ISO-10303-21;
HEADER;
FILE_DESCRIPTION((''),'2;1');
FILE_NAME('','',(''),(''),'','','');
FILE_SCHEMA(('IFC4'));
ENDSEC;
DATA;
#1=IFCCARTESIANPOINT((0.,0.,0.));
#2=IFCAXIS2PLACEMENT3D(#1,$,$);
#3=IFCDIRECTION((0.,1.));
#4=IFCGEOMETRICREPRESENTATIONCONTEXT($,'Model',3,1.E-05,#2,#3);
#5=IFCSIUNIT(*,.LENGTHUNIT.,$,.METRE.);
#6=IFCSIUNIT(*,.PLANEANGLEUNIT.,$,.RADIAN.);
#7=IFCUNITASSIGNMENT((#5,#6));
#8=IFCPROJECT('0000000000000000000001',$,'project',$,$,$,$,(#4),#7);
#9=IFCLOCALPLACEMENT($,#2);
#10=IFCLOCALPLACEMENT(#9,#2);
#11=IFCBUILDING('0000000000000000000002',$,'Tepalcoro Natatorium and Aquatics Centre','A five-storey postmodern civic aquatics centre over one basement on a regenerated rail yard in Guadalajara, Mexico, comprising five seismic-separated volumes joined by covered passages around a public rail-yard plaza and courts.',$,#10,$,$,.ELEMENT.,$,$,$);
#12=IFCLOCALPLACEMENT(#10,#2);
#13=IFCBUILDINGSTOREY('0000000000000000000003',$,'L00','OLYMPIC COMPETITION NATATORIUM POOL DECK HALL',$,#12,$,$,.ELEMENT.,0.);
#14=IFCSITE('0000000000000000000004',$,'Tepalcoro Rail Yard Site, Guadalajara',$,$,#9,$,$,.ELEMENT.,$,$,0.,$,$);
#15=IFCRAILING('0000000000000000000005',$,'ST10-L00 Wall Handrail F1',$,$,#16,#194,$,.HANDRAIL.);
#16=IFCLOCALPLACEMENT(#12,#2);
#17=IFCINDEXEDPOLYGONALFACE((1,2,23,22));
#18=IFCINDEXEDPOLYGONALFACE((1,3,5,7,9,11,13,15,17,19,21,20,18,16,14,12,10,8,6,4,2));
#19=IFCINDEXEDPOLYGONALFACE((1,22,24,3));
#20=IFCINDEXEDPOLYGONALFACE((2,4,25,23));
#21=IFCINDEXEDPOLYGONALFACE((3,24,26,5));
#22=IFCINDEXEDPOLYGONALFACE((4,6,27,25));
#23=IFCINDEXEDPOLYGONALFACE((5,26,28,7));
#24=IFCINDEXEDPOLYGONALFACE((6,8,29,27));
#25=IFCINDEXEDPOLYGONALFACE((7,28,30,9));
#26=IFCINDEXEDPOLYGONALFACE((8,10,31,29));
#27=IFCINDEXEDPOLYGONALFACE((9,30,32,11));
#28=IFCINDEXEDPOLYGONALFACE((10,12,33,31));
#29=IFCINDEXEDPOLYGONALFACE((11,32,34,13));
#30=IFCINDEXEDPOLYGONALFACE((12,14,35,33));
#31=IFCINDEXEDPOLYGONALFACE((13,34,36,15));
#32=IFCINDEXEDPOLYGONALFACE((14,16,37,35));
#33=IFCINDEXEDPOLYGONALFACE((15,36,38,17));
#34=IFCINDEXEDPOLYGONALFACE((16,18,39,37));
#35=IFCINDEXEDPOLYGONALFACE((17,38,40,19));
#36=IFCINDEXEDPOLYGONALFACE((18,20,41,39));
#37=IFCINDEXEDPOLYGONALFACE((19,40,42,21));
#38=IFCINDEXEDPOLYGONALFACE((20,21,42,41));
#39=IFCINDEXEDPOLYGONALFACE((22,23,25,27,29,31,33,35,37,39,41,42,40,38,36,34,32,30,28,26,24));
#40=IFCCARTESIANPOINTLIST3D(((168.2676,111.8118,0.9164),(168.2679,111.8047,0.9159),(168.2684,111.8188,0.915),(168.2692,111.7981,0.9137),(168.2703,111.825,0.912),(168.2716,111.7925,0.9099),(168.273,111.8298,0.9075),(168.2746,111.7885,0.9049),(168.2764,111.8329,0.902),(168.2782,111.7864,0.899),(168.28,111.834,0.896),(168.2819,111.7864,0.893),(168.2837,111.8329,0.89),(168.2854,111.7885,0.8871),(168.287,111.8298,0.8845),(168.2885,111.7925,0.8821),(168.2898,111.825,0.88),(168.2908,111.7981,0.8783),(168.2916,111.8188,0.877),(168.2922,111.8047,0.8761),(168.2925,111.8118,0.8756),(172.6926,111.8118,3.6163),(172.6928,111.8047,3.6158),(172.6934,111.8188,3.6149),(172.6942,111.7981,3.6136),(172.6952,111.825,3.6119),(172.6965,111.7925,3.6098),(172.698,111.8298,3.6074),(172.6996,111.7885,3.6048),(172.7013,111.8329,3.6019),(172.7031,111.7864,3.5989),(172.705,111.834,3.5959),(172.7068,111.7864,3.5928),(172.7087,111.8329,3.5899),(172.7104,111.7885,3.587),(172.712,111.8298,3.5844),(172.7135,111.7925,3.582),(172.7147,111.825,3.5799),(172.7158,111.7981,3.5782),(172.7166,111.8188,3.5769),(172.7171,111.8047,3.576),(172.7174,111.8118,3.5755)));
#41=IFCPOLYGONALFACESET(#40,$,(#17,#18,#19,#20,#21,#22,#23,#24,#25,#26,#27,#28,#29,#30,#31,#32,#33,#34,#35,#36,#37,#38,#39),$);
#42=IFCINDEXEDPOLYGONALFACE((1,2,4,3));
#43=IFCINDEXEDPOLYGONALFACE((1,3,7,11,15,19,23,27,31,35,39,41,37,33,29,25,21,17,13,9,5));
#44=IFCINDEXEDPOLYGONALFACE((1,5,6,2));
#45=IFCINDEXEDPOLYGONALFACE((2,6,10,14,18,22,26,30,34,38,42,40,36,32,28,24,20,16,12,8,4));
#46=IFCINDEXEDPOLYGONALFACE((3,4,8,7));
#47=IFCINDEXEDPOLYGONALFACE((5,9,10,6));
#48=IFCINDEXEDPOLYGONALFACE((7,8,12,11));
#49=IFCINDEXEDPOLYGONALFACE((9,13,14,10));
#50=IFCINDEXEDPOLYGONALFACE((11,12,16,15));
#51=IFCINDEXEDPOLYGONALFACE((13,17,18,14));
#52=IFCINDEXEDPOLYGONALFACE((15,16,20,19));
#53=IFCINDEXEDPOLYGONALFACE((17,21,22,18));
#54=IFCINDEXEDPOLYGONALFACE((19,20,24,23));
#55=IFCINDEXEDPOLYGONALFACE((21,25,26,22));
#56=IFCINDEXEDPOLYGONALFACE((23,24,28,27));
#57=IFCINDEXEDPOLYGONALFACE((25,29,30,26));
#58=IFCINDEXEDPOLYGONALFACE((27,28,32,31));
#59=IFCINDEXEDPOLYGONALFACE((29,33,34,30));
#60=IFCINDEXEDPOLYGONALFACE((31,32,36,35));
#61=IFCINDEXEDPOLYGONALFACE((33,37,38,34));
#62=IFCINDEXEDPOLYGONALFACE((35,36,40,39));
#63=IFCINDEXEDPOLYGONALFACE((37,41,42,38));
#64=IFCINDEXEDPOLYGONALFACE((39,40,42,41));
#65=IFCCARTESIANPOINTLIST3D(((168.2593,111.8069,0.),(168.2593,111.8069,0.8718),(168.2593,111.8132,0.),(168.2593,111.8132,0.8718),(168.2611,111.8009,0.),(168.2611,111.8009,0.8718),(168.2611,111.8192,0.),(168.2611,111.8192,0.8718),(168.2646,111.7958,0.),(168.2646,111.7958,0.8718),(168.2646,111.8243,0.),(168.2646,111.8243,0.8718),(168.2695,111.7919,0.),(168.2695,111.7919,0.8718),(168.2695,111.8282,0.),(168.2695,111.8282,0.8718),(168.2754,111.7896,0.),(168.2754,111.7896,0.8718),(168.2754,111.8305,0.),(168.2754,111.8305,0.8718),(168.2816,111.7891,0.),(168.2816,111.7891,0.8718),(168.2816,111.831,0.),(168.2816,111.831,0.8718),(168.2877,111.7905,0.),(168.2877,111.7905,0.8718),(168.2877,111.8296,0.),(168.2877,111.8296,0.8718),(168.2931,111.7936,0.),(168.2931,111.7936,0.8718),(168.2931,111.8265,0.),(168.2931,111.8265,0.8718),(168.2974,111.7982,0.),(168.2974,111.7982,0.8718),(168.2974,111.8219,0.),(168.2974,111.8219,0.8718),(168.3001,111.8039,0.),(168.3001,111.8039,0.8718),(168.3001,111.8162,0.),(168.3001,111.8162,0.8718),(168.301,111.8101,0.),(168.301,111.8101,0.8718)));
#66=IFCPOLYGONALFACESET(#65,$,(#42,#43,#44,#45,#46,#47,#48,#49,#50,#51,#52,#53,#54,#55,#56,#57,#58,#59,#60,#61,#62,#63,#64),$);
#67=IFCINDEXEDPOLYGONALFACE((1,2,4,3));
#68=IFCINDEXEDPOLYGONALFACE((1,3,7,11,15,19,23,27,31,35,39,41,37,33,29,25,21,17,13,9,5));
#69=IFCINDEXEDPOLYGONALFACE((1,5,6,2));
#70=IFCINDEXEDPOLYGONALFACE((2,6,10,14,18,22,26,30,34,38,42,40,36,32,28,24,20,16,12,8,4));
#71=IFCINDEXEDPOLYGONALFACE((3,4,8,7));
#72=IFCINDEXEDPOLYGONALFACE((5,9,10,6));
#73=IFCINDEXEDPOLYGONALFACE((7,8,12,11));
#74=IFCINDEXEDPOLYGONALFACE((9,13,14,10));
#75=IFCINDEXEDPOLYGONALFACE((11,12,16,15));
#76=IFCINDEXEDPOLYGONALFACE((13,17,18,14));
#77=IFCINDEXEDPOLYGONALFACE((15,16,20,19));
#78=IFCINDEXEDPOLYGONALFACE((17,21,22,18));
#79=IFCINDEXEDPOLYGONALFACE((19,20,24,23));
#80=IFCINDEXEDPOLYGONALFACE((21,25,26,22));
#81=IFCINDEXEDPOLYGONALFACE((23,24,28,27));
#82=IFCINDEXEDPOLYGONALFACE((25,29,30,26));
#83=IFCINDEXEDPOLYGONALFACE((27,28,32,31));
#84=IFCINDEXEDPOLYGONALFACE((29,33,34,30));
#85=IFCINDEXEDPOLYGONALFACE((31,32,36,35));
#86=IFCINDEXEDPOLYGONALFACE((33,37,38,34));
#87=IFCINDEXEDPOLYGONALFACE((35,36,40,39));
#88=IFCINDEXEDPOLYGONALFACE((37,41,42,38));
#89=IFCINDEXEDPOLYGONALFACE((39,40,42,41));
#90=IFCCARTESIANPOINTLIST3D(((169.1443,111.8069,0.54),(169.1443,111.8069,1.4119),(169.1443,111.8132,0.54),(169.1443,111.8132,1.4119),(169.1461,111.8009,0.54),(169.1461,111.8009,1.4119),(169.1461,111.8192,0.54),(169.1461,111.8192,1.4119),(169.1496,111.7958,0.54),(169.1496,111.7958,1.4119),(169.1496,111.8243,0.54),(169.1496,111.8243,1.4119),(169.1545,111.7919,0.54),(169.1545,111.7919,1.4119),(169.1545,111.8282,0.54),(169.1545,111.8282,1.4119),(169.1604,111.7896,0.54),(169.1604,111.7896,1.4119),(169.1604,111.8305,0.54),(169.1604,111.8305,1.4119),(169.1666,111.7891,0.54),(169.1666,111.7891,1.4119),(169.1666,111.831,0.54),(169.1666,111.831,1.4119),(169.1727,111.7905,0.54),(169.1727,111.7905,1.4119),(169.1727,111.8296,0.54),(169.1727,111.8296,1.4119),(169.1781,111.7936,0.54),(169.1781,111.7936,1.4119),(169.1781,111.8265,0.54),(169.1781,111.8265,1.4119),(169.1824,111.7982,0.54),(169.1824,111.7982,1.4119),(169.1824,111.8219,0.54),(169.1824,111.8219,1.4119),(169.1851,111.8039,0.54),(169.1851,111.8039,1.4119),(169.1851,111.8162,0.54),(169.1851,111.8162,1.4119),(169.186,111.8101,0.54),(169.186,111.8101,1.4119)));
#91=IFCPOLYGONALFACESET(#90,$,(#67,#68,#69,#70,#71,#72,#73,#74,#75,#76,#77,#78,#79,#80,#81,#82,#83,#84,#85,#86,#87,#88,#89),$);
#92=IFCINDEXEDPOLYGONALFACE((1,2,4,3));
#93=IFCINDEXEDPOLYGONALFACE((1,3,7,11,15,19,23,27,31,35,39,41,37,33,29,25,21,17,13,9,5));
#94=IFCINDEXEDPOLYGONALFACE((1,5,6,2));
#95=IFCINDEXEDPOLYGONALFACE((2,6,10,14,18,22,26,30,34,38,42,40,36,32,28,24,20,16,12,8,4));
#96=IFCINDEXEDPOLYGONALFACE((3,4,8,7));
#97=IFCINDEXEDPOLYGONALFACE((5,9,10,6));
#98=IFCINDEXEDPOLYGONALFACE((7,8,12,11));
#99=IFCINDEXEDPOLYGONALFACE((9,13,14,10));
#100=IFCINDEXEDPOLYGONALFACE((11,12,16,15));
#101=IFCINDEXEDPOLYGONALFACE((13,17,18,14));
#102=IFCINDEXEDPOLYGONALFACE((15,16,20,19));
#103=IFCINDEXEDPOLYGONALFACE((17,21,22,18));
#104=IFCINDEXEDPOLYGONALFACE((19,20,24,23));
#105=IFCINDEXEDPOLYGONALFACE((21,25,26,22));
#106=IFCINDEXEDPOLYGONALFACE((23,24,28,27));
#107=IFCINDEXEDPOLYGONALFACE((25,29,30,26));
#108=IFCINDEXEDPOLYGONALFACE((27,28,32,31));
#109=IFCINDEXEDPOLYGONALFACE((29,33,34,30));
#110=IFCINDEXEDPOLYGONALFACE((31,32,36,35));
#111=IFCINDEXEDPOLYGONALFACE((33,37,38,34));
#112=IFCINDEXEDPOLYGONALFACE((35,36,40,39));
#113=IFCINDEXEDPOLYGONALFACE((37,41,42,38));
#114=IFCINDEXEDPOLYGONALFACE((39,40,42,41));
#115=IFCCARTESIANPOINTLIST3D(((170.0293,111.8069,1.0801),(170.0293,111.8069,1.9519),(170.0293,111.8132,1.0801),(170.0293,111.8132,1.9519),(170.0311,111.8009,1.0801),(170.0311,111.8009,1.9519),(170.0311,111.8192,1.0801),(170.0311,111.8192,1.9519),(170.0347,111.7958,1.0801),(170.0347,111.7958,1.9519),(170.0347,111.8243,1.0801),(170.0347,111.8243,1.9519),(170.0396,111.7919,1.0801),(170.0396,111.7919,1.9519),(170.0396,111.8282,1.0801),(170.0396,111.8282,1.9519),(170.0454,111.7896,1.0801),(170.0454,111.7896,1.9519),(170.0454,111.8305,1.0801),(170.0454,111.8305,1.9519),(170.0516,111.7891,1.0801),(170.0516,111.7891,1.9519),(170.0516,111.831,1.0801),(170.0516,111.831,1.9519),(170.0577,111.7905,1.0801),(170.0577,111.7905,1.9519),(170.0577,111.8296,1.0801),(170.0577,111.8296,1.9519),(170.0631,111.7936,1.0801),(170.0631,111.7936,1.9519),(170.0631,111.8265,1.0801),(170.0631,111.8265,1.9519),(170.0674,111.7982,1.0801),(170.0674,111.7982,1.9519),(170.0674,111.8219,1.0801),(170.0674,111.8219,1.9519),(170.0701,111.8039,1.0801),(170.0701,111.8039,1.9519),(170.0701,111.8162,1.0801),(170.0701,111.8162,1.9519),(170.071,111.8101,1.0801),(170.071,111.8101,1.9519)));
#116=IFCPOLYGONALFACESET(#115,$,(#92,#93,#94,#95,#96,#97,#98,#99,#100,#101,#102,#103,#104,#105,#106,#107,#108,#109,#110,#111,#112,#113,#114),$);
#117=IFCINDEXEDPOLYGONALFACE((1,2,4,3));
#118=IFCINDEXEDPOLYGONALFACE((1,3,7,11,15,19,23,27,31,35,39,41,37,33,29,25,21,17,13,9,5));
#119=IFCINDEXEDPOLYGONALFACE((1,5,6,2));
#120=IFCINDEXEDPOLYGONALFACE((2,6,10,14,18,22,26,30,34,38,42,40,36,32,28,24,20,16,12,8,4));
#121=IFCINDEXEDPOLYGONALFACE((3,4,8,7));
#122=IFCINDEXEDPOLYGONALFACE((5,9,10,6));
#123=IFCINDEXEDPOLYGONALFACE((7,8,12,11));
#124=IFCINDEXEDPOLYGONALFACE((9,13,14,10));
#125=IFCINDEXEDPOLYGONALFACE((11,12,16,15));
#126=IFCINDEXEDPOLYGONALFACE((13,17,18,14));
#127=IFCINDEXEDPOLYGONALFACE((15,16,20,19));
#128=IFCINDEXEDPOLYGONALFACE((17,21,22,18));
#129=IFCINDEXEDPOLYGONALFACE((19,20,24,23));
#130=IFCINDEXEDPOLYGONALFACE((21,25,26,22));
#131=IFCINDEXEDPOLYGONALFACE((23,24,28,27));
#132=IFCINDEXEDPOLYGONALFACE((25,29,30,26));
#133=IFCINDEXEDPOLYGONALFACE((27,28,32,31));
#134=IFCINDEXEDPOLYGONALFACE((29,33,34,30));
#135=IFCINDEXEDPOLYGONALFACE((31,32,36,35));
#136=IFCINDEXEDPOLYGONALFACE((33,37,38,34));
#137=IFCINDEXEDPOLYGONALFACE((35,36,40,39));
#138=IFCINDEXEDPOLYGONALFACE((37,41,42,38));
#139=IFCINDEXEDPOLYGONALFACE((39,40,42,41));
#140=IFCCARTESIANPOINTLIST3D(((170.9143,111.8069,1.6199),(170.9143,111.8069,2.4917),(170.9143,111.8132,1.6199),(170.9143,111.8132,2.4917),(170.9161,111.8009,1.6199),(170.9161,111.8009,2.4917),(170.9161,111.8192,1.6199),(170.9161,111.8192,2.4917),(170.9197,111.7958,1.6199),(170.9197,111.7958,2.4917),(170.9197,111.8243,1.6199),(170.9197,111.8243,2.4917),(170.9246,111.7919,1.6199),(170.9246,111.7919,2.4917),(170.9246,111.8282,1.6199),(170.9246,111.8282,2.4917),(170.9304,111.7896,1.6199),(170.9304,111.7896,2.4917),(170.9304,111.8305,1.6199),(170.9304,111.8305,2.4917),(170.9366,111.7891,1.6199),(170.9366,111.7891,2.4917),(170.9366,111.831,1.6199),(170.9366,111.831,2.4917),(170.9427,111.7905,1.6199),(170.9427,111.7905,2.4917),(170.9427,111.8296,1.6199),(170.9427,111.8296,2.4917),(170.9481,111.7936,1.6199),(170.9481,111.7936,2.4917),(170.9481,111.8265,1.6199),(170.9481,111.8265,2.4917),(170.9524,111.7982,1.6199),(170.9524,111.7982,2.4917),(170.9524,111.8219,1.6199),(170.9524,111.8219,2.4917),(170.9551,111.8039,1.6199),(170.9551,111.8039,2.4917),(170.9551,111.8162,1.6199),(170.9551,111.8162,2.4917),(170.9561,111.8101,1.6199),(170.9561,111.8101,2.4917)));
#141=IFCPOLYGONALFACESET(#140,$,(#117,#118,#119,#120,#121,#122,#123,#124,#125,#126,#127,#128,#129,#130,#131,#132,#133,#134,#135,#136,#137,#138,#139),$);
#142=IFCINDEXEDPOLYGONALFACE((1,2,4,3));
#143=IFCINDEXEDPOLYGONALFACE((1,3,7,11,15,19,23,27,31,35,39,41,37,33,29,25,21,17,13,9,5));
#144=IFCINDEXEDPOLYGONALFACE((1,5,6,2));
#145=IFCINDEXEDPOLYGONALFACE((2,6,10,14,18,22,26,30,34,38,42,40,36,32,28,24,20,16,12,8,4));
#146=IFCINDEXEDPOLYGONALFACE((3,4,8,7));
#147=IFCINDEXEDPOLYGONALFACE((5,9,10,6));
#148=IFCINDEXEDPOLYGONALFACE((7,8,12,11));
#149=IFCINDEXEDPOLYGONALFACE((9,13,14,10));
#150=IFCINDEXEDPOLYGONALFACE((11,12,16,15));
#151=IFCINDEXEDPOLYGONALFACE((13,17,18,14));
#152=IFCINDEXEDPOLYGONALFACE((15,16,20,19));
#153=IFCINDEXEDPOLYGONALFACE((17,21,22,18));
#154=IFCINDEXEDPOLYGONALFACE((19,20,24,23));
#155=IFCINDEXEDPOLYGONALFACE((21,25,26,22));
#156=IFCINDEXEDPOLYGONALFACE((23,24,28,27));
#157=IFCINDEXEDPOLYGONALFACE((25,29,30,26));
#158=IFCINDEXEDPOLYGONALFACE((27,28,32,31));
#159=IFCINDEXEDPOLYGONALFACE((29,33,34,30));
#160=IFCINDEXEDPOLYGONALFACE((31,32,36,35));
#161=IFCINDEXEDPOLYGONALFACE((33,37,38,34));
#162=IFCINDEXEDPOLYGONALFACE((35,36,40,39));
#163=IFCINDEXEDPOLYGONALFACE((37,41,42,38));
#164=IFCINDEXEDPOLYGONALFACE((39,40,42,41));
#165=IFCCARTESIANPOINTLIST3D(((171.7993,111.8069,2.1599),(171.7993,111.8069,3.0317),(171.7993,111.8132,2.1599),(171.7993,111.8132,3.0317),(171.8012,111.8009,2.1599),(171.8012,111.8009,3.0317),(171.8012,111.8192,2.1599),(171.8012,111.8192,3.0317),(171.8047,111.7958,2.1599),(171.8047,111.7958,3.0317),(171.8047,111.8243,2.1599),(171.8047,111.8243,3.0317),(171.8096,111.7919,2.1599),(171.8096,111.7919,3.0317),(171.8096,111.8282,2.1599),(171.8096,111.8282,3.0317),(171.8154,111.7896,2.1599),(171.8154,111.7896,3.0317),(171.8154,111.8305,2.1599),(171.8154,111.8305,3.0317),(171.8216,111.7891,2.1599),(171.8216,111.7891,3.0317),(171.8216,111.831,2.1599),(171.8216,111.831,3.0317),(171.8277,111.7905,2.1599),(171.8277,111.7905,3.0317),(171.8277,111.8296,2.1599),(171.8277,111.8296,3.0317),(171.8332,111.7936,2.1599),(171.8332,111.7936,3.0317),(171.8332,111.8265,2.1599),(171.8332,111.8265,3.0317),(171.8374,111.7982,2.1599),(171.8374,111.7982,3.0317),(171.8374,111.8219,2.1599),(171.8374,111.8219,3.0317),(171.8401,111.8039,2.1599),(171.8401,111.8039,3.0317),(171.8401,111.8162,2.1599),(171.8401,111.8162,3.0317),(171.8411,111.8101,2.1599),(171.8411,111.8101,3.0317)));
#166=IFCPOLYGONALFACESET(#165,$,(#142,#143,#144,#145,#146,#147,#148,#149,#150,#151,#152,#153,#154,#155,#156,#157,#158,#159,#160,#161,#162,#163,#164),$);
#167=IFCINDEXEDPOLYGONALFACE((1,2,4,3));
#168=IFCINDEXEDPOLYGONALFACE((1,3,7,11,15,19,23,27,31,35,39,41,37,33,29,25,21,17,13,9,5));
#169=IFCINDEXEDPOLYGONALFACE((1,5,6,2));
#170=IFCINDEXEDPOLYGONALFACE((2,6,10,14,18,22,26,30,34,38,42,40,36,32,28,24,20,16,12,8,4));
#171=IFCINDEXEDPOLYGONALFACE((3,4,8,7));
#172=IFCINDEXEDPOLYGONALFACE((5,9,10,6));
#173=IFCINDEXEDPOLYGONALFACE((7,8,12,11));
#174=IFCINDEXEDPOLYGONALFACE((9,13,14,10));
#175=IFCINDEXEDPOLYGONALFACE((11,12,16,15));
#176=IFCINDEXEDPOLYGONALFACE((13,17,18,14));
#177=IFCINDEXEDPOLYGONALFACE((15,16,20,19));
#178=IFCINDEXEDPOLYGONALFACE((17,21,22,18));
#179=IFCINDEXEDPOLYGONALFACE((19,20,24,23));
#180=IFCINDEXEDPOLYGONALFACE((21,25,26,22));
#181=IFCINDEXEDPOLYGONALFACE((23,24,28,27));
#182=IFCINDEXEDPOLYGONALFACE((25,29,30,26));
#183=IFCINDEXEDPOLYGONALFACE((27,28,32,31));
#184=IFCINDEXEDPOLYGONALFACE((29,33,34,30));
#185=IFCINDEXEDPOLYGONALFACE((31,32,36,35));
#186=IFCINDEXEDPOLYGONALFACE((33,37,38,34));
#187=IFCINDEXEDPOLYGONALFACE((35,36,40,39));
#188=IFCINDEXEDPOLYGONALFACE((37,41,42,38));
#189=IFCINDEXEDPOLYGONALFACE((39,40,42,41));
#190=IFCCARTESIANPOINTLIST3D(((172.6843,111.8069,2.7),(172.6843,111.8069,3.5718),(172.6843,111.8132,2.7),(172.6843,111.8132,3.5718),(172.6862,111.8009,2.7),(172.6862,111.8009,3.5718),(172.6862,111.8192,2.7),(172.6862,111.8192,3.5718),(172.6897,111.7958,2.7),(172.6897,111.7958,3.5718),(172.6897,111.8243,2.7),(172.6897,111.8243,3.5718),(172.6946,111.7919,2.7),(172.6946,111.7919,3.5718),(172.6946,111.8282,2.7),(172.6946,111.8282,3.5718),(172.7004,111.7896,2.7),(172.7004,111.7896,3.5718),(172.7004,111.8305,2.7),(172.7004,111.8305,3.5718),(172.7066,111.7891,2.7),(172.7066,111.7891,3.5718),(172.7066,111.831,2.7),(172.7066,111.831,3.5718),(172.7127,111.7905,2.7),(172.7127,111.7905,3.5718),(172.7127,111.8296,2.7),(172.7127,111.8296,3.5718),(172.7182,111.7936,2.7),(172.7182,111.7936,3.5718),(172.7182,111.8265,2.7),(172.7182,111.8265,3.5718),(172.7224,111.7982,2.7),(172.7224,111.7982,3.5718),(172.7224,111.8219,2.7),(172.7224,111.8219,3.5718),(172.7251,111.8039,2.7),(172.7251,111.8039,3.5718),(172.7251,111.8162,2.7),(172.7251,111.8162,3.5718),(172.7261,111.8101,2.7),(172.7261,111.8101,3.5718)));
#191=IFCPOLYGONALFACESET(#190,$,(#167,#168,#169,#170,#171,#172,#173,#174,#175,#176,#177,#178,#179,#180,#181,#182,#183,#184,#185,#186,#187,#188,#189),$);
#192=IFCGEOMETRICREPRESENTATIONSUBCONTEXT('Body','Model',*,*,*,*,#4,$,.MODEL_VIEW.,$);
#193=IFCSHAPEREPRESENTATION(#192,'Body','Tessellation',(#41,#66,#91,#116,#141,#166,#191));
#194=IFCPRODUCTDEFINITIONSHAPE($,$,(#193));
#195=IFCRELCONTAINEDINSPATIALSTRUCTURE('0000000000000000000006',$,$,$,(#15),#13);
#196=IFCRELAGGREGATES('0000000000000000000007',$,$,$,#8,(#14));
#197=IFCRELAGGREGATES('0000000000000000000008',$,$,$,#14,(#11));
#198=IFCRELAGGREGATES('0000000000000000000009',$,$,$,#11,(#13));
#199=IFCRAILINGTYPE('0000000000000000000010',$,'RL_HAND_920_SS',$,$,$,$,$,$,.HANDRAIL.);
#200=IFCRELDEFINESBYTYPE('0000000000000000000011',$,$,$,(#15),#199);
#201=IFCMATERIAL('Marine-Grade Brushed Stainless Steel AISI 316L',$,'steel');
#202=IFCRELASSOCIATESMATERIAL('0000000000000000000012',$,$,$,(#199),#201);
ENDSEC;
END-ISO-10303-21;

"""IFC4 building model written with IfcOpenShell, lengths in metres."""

from ifc_helpers import new_model, si_unit, direction, frame, origin, origin_2d, place, context, subcontext, project, spatial, circle, extrude, material, type_object, element, save


model = new_model("IFC4")

# Units and contexts
model_context = context("Model", 3, precision=1e-05, world=origin(), true_north=direction((0.0, 1.0)))
body_context = subcontext(model_context, "Body", "Model", "MODEL_VIEW")
ifc_project = project(units=[si_unit("LENGTHUNIT", "METRE"), si_unit("PLANEANGLEUNIT", "RADIAN")], contexts=[model_context])

# Site, building, storey
site_placement = place(None, origin())
site = spatial("IfcSite", under=ifc_project, at=site_placement, Name="Tepalcoro Rail Yard Site, Guadalajara", CompositionType="ELEMENT", RefElevation=0.0)
building_placement = place(site_placement, origin())
building = spatial("IfcBuilding", under=site, at=building_placement, Name="Tepalcoro Natatorium and Aquatics Centre", Description="A five-storey postmodern civic aquatics centre over one basement on a regenerated rail yard in Guadalajara, Mexico, comprising five seismic-separated volumes joined by covered passages around a public rail-yard plaza and courts.", CompositionType="ELEMENT")
storey_placement = place(building_placement, origin())
storey = spatial("IfcBuildingStorey", under=building, at=storey_placement, Name="L00", Description="OLYMPIC COMPETITION NATATORIUM POOL DECK HALL", CompositionType="ELEMENT", Elevation=0.0)

# Railing
ifc_material_1 = material(Name="Marine-Grade Brushed Stainless Steel AISI 316L", Category="steel")
railing_type_1 = type_object("IfcRailingType", Name="RL_HAND_920_SS", PredefinedType="HANDRAIL", material=ifc_material_1)
railing_1_placement = place(storey_placement, frame((168.28, 111.8101, 0.0)))
element("IfcRailing", 1, at=railing_1_placement, inside=storey, type_object=railing_type_1, Name="ST10-L00 Wall Handrail F1", PredefinedType="HANDRAIL", context=body_context, shape_type="SweptSolid", body=[
    extrude(circle(Radius=0.0239, at=origin_2d()), frame((0.0, 0.0, 0.896), z_axis=(0.853646, 0.0, 0.520854), x_axis=(0.0, 1.0, 0.0)), (0.0, 0.0, 1.0), 5.1836),
    extrude(circle(Radius=0.021, at=origin_2d()), origin(), (0.0, 0.0, 1.0), 0.8718),
    extrude(circle(Radius=0.021, at=origin_2d()), frame((0.885, 0.0, 0.54)), (0.0, 0.0, 1.0), 0.8718),
    extrude(circle(Radius=0.021, at=origin_2d()), frame((1.77, 0.0, 1.0801)), (0.0, 0.0, 1.0), 0.8718),
    extrude(circle(Radius=0.021, at=origin_2d()), frame((2.655, 0.0, 1.6199)), (0.0, 0.0, 1.0), 0.8718),
    extrude(circle(Radius=0.021, at=origin_2d()), frame((3.54, 0.0, 2.1599)), (0.0, 0.0, 1.0), 0.8718),
    extrude(circle(Radius=0.021, at=origin_2d()), frame((4.425, 0.0, 2.7)), (0.0, 0.0, 1.0), 0.8718),
])

save(model, "model.ifc")
